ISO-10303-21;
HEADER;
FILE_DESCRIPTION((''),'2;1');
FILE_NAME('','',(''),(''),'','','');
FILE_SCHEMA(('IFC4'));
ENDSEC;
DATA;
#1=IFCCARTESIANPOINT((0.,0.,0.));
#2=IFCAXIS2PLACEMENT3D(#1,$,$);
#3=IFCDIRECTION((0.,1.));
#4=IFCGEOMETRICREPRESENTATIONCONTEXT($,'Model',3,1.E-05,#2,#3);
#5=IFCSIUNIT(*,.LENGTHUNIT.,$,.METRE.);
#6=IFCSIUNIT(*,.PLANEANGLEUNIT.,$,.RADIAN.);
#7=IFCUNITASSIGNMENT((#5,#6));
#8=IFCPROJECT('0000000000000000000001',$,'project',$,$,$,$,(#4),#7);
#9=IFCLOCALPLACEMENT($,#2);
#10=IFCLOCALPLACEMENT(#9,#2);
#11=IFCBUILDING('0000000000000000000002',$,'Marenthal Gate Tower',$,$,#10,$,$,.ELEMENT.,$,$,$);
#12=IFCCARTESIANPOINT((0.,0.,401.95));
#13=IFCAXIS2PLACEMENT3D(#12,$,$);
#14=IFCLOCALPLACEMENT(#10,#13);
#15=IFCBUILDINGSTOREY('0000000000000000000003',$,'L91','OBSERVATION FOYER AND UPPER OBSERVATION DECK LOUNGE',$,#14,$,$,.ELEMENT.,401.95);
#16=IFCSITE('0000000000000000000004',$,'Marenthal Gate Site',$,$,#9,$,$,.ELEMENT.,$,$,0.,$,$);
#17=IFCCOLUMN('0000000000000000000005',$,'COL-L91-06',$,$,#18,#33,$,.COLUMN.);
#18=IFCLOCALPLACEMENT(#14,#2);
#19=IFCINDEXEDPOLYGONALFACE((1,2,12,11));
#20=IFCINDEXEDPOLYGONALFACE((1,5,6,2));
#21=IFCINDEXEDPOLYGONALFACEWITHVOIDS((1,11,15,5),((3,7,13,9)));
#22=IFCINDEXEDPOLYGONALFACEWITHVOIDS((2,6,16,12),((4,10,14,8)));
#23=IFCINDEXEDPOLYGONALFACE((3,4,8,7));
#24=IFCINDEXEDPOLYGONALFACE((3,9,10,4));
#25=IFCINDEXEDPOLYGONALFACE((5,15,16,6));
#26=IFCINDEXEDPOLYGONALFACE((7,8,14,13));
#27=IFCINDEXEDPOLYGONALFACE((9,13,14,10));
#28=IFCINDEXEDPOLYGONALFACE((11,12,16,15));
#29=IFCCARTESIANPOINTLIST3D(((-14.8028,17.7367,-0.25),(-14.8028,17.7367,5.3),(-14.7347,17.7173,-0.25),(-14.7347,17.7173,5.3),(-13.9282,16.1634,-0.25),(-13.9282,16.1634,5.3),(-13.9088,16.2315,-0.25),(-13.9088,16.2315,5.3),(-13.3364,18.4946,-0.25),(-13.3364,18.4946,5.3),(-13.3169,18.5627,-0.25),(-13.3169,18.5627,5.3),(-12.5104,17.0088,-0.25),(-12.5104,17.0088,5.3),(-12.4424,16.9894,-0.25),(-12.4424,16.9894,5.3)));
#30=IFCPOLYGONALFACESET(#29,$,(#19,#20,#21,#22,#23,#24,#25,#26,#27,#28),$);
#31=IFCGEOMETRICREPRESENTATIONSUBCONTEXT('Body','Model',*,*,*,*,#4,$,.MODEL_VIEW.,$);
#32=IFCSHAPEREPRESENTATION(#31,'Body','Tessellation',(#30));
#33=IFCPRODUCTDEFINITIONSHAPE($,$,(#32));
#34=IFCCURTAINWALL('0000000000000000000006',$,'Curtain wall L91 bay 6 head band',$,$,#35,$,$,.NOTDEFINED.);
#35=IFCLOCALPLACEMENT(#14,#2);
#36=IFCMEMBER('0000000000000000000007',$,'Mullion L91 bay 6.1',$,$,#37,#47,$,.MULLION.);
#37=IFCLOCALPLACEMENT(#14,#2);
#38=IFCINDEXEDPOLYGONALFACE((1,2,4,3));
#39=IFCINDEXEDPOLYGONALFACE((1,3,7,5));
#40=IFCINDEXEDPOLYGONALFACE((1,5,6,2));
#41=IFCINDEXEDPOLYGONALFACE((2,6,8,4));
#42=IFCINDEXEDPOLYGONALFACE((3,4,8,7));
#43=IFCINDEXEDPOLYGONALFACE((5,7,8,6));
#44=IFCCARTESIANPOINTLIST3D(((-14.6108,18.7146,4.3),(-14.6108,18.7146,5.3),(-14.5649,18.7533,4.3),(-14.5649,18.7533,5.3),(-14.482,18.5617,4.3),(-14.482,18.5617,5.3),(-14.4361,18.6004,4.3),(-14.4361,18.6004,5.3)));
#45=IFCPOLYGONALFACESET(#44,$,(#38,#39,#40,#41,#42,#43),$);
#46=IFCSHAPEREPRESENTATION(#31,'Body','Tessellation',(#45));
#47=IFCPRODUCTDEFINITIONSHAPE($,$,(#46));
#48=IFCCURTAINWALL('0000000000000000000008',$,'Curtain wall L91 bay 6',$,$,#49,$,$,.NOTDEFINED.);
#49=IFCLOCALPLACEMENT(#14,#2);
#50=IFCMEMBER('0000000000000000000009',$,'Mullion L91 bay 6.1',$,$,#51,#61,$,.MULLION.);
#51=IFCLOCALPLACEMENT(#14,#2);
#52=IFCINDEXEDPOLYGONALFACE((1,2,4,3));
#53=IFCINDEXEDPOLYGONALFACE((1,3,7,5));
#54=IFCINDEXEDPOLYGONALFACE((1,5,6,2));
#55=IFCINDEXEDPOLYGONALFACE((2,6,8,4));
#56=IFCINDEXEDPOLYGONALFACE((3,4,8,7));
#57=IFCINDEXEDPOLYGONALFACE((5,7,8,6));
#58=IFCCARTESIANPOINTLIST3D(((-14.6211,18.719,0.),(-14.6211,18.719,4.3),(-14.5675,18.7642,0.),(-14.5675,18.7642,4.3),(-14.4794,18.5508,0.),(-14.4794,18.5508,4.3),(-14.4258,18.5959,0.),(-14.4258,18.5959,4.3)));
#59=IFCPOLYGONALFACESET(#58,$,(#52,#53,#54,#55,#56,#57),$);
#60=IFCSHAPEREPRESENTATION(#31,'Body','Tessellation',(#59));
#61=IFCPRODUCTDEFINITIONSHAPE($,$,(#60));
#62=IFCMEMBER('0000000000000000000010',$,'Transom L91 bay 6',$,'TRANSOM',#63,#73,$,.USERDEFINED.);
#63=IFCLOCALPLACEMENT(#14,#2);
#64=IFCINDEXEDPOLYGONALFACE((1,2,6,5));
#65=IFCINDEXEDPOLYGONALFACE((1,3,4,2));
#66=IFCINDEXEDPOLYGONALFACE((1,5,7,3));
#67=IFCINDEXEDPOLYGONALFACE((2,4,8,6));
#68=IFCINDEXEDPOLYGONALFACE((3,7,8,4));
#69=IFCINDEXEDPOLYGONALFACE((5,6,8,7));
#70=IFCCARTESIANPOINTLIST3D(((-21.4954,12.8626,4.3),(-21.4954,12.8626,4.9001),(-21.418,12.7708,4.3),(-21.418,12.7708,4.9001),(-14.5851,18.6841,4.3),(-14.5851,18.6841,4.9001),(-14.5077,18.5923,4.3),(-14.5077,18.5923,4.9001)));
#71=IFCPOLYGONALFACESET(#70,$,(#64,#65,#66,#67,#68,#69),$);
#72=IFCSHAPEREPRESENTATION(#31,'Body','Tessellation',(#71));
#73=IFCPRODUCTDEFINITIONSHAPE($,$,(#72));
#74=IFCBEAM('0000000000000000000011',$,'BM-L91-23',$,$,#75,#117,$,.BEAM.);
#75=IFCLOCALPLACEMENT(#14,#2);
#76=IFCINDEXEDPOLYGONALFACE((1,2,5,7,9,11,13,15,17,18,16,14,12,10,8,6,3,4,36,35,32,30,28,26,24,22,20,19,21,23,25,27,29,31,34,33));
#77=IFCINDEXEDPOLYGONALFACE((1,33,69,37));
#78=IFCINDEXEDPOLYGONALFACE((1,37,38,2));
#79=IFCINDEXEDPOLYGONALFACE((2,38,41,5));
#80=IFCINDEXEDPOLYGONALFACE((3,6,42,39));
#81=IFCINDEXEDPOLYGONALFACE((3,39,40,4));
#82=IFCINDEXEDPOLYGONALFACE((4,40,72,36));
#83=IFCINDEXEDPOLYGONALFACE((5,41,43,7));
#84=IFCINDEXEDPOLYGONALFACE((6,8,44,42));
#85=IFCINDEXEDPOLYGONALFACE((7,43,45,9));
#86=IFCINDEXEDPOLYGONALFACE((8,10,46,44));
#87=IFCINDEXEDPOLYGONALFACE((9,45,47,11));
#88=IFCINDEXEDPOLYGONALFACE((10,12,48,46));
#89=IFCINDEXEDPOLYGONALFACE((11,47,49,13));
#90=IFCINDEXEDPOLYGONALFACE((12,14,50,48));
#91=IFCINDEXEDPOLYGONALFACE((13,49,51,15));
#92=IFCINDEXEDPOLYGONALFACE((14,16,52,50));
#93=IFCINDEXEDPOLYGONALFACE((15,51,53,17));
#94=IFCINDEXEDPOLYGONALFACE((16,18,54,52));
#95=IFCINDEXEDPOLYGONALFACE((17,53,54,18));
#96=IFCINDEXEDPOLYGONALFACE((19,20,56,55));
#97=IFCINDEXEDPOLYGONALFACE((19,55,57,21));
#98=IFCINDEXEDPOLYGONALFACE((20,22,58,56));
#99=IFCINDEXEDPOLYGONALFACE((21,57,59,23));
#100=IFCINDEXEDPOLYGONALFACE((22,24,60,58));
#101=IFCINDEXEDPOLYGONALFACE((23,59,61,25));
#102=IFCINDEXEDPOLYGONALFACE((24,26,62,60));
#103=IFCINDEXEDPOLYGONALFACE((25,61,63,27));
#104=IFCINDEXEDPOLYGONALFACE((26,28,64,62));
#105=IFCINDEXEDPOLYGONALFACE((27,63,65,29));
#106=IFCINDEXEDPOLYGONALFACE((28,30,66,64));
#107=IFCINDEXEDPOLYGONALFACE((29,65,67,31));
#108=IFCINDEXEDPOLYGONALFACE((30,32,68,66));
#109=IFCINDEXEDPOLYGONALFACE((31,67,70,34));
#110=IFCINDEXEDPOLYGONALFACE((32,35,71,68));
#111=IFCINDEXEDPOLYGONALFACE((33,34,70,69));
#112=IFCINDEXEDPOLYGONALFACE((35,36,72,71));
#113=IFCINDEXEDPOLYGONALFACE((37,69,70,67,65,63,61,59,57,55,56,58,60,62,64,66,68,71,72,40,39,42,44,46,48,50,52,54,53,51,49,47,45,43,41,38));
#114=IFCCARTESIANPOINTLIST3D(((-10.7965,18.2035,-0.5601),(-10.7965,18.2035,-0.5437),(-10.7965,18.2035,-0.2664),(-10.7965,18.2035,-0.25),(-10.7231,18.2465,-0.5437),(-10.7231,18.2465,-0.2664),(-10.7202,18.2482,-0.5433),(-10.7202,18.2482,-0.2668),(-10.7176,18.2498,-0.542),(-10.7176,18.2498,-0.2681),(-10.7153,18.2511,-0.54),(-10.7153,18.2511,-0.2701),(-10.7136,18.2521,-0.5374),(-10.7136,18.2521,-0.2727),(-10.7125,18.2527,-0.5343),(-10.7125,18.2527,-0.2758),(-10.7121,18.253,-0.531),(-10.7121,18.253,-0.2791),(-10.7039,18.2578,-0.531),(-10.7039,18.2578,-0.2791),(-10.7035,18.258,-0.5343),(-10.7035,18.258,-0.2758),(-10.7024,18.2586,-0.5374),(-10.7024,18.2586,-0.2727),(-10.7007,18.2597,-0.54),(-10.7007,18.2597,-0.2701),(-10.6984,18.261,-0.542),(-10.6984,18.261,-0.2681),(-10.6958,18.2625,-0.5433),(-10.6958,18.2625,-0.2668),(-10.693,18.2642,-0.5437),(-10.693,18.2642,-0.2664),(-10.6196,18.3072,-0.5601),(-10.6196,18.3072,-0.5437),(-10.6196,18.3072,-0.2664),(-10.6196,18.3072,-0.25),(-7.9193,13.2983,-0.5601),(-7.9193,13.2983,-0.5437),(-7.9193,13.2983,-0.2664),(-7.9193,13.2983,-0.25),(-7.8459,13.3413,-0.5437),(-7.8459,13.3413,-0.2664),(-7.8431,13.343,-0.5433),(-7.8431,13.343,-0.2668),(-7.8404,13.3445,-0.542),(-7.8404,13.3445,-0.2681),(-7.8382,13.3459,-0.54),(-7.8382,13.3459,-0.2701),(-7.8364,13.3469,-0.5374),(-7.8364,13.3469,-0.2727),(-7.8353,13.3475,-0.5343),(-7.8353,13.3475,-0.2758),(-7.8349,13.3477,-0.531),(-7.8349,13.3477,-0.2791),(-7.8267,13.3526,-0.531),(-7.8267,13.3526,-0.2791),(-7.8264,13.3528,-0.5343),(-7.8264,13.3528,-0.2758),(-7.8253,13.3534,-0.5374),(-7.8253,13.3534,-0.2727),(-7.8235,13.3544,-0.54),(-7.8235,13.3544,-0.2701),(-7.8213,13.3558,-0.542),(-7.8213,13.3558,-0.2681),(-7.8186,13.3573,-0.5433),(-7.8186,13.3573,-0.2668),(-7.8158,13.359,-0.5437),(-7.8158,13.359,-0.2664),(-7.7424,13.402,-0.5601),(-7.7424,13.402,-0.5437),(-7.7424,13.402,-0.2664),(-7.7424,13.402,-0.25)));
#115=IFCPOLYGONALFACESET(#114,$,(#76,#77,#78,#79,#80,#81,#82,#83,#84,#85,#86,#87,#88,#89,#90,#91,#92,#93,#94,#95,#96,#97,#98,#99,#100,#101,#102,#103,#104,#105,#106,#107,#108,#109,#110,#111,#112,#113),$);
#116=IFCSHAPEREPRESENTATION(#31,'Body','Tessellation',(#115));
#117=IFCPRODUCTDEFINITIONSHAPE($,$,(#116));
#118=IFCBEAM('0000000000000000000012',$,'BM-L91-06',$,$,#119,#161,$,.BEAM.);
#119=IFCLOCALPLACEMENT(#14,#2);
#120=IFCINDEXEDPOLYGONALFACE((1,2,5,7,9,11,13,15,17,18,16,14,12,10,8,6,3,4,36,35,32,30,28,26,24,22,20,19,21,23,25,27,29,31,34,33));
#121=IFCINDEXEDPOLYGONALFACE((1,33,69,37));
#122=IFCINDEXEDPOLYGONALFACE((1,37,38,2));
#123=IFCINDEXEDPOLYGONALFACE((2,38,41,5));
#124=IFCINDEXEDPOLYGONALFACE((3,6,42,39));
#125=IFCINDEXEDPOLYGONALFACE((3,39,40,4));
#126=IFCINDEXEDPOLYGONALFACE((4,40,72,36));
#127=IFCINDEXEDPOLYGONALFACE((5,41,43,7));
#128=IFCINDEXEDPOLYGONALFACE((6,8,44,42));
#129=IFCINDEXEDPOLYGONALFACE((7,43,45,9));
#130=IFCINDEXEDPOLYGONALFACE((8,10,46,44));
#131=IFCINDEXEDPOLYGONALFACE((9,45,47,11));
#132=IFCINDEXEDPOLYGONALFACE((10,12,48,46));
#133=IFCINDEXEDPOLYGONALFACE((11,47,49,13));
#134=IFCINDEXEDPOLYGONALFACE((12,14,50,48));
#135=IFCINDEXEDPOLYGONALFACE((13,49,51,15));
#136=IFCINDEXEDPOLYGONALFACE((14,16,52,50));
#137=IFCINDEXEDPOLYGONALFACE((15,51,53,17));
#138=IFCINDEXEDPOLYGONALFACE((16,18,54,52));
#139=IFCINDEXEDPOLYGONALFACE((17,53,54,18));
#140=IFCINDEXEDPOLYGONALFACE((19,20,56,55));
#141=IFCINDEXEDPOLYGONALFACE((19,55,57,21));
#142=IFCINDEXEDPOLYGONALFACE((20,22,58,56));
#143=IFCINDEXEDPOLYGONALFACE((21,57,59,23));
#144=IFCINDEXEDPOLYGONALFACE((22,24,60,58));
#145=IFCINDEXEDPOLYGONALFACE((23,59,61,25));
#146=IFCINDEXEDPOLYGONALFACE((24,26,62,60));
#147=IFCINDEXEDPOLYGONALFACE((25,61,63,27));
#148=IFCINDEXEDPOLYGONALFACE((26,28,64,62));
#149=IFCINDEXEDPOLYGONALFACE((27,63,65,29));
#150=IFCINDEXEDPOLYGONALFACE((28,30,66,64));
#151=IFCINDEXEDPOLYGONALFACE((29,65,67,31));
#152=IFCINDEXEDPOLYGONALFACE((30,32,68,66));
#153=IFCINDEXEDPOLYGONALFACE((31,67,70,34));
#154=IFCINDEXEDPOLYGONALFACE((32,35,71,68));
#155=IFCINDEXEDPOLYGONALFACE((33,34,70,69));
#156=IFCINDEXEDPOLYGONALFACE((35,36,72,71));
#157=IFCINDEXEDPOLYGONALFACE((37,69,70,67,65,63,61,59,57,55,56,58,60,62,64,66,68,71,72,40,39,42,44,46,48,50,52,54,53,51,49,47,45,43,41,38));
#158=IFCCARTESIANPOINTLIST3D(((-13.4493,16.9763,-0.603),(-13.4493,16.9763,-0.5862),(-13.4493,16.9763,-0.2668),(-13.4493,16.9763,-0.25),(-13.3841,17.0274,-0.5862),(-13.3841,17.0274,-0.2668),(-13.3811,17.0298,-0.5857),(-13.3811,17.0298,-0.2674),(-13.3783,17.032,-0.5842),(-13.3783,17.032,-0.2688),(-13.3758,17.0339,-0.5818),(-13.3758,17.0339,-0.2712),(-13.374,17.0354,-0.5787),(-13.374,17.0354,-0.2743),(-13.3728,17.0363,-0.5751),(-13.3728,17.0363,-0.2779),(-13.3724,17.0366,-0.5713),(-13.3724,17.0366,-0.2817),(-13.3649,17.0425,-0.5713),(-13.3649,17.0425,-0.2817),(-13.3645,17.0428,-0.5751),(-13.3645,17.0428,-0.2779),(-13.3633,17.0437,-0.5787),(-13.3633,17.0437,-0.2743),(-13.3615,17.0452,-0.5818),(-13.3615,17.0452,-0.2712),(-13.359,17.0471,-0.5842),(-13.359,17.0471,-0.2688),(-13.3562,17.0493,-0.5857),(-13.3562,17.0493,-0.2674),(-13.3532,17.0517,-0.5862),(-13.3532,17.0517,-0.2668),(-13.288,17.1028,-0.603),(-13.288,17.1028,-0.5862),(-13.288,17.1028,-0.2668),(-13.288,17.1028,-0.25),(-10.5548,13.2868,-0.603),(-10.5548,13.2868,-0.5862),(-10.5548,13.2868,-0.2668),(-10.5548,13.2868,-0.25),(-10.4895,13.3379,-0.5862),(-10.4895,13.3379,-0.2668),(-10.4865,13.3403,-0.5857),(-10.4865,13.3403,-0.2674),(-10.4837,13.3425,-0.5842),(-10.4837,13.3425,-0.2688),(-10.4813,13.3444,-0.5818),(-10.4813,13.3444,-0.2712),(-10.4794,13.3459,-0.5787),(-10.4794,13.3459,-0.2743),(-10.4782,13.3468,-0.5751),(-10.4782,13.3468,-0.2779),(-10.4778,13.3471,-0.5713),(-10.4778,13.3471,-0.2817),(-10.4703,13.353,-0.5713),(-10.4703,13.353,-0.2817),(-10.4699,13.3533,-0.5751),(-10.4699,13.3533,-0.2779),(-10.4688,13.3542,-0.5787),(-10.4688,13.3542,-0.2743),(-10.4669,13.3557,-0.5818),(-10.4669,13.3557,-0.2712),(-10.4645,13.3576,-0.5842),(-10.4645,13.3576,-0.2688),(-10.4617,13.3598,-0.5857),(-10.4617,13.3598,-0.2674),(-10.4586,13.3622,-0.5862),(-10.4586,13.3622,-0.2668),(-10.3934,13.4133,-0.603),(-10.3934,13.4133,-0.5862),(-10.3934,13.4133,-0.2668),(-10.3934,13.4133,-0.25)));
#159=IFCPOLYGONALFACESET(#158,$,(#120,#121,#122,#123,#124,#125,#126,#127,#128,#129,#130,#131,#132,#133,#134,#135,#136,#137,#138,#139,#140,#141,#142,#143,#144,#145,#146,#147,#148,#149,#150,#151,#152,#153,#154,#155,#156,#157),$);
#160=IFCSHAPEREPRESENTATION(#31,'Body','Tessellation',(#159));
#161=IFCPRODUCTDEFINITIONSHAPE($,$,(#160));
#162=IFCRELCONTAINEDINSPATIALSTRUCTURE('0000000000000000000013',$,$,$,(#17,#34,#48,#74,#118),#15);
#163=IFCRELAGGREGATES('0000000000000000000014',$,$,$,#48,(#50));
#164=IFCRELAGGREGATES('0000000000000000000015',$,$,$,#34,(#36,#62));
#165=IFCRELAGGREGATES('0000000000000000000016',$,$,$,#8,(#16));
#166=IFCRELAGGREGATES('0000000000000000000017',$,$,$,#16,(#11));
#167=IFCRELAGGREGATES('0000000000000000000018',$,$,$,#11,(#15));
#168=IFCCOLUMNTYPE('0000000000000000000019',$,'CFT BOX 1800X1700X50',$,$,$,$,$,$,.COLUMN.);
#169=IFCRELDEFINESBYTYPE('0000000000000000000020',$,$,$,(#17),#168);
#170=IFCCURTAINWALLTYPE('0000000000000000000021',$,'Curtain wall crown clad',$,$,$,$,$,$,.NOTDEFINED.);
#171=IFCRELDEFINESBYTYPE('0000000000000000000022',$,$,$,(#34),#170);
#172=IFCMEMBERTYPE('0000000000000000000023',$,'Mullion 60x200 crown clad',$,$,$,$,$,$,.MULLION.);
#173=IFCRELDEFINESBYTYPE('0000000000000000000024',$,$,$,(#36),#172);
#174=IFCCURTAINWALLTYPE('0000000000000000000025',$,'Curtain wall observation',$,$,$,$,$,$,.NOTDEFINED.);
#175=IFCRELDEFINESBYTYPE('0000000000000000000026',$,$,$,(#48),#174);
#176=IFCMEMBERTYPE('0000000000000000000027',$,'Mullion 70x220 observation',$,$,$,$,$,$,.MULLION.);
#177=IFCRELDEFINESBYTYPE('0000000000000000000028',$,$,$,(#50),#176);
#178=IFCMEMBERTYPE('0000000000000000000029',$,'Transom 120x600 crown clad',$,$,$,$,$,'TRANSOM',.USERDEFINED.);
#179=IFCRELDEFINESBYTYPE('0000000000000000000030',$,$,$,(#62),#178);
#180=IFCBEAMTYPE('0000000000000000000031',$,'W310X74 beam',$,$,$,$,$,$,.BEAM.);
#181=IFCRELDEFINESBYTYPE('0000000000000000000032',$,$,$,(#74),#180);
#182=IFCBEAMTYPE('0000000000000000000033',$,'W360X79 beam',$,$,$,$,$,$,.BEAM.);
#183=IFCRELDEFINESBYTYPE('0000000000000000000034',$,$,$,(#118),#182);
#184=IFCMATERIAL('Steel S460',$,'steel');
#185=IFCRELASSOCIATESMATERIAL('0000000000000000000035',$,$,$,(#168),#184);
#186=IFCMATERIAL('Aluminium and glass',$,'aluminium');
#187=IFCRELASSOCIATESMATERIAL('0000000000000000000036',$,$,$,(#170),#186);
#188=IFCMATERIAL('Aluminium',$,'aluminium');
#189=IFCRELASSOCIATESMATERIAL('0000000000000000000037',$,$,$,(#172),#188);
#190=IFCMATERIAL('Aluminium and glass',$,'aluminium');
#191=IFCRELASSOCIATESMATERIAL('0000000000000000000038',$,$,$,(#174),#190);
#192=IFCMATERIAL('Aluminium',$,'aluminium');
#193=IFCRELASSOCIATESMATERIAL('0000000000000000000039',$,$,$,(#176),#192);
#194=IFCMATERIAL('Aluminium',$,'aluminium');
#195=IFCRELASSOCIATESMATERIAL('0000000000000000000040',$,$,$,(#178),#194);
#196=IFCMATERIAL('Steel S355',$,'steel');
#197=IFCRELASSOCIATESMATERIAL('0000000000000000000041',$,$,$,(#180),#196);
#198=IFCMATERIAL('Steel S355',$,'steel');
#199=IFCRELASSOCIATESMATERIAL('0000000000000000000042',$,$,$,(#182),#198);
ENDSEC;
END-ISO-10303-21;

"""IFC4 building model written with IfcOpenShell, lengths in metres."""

from ifc_helpers import new_model, si_unit, direction, frame, origin, origin_2d, place, context, subcontext, project, spatial, rectangle, hollow_rectangle, i_section, extrude, material, material_profile, profile_set, type_object, element, aggregate, save


model = new_model("IFC4")

# Units and contexts
model_context = context("Model", 3, precision=1e-05, world=origin(), true_north=direction((0.0, 1.0)))
body_context = subcontext(model_context, "Body", "Model", "MODEL_VIEW")
ifc_project = project(units=[si_unit("LENGTHUNIT", "METRE"), si_unit("PLANEANGLEUNIT", "RADIAN")], contexts=[model_context])

# Site, building, storey
site_placement = place(None, origin())
site = spatial("IfcSite", under=ifc_project, at=site_placement, Name="Marenthal Gate Site", CompositionType="ELEMENT", RefElevation=0.0)
building_placement = place(site_placement, origin())
building = spatial("IfcBuilding", under=site, at=building_placement, Name="Marenthal Gate Tower", CompositionType="ELEMENT")
storey_placement = place(building_placement, frame((0.0, 0.0, 401.95)))
storey = spatial("IfcBuildingStorey", under=building, at=storey_placement, Name="L91", Description="OBSERVATION FOYER AND UPPER OBSERVATION DECK LOUNGE", CompositionType="ELEMENT", Elevation=401.95)

# Column
ifc_material_1 = material(Name="Steel S460", Category="steel")
ifc_material_profile_1 = material_profile(ifc_material_1, hollow_rectangle(XDim=1.7, YDim=1.8, WallThickness=0.05, at=origin_2d()), Name="CFT BOX 1800X1700X50")
ifc_material_2 = material(Name="Concrete 70 MPa", Category="concrete")
ifc_material_profile_2 = material_profile(ifc_material_2, rectangle(XDim=1.6001, YDim=1.7, at=origin_2d()), Name="CFT BOX 1800X1700X50 INFILL")
ifc_profile_set_1 = profile_set([ifc_material_profile_1, ifc_material_profile_2], Name="Steel S460 shell, Concrete 70 MPa infill")
column_type = type_object("IfcColumnType", Name="CFT BOX 1800X1700X50", PredefinedType="COLUMN", material=ifc_profile_set_1)
column_placement = place(storey_placement, frame((-13.6226, 17.363, -0.25), z_axis=(0.0, 0.0, 1.0), x_axis=(0.874037, 0.48586, 0.0)))
element("IfcColumn", 1, at=column_placement, inside=storey, type_object=column_type, Name="COL-L91-06", PredefinedType="COLUMN", context=body_context, shape_type="SweptSolid", body=[
    extrude(hollow_rectangle(XDim=1.7, YDim=1.8, WallThickness=0.05, at=origin_2d()), origin(), (0.0, 0.0, 1.0), 5.55),
])

# Curtain walls, members
ifc_material_3 = material(Name="Aluminium and glass", Category="aluminium")
curtain_wall_type_1 = type_object("IfcCurtainWallType", Name="Curtain wall crown clad", PredefinedType="NOTDEFINED", material=ifc_material_3)
curtain_wall_1_placement = place(storey_placement, origin())
curtain_wall_1 = element("IfcCurtainWall", 2, at=curtain_wall_1_placement, inside=storey, type_object=curtain_wall_type_1, Name="Curtain wall L91 bay 6 head band", PredefinedType="NOTDEFINED")
ifc_material_4 = material(Name="Aluminium", Category="aluminium")
ifc_material_profile_3 = material_profile(ifc_material_4, rectangle(XDim=0.2, YDim=0.0601, at=origin_2d()), Name="60x200 aluminium mullion")
ifc_profile_set_2 = profile_set([ifc_material_profile_3], Name="Aluminium")
member_type_1 = type_object("IfcMemberType", Name="Mullion 60x200 crown clad", PredefinedType="MULLION", material=ifc_profile_set_2)
member_1_placement = place(storey_placement, frame((-14.5234, 18.6575, 4.3), z_axis=(0.0, 0.0, 1.0), x_axis=(0.644265, -0.764802, 0.0)))
member_1 = element("IfcMember", 3, at=member_1_placement, type_object=member_type_1, Name="Mullion L91 bay 6.1", PredefinedType="MULLION", context=body_context, shape_type="SweptSolid", body=[
    extrude(rectangle(XDim=0.2, YDim=0.0601, at=origin_2d()), origin(), (0.0, 0.0, 1.0), 1.0),
])
ifc_material_5 = material(Name="Aluminium and glass", Category="aluminium")
curtain_wall_type_2 = type_object("IfcCurtainWallType", Name="Curtain wall observation", PredefinedType="NOTDEFINED", material=ifc_material_5)
curtain_wall_2_placement = place(storey_placement, origin())
curtain_wall_2 = element("IfcCurtainWall", 4, at=curtain_wall_2_placement, inside=storey, type_object=curtain_wall_type_2, Name="Curtain wall L91 bay 6", PredefinedType="NOTDEFINED")
ifc_material_6 = material(Name="Aluminium", Category="aluminium")
ifc_material_profile_4 = material_profile(ifc_material_6, rectangle(XDim=0.22, YDim=0.0701, at=origin_2d()), Name="70x220 aluminium mullion")
ifc_profile_set_3 = profile_set([ifc_material_profile_4], Name="Aluminium")
member_type_2 = type_object("IfcMemberType", Name="Mullion 70x220 observation", PredefinedType="MULLION", material=ifc_profile_set_3)
member_2_placement = place(storey_placement, frame((-14.5234, 18.6575, 0.0), z_axis=(0.0, 0.0, 1.0), x_axis=(0.644265, -0.764802, 0.0)))
member_2 = element("IfcMember", 5, at=member_2_placement, type_object=member_type_2, Name="Mullion L91 bay 6.1", PredefinedType="MULLION", context=body_context, shape_type="SweptSolid", body=[
    extrude(rectangle(XDim=0.22, YDim=0.0701, at=origin_2d()), origin(), (0.0, 0.0, 1.0), 4.3),
])
aggregate(curtain_wall_2, [member_2])

# Member
ifc_material_7 = material(Name="Aluminium", Category="aluminium")
ifc_material_profile_5 = material_profile(ifc_material_7, rectangle(XDim=0.1201, YDim=0.6001, at=origin_2d()), Name="120x600 aluminium transom")
ifc_profile_set_4 = profile_set([ifc_material_profile_5], Name="Aluminium")
member_type_3 = type_object("IfcMemberType", Name="Transom 120x600 crown clad", ElementType="TRANSOM", PredefinedType="USERDEFINED", material=ifc_profile_set_4)
member_3_placement = place(storey_placement, frame((-14.5464, 18.6382, 4.6001), z_axis=(-0.764789, -0.644281, 0.0), x_axis=(0.644281, -0.764789, 0.0)))
member_3 = element("IfcMember", 6, at=member_3_placement, type_object=member_type_3, Name="Transom L91 bay 6", ObjectType="TRANSOM", PredefinedType="USERDEFINED", context=body_context, shape_type="SweptSolid", body=[
    extrude(rectangle(XDim=0.1201, YDim=0.6001, at=origin_2d()), origin(), (0.0, 0.0, 1.0), 9.0356),
])
aggregate(curtain_wall_1, [member_1, member_3])

# Beams
ifc_material_8 = material(Name="Steel S355", Category="steel")
ifc_material_profile_6 = material_profile(ifc_material_8, i_section(OverallWidth=0.2051, OverallDepth=0.3101, WebThickness=0.0095, FlangeThickness=0.0164, FilletRadius=0.0127, at=origin_2d()), Name="W310X74")
ifc_profile_set_5 = profile_set([ifc_material_profile_6], Name="Steel S355")
beam_type_1 = type_object("IfcBeamType", Name="W310X74 beam", PredefinedType="BEAM", material=ifc_profile_set_5)
beam_1_placement = place(storey_placement, frame((-10.708, 18.2554, -0.405), z_axis=(0.505941, -0.862568, 0.0), x_axis=(0.862568, 0.505941, 0.0)))
element("IfcBeam", 7, at=beam_1_placement, inside=storey, type_object=beam_type_1, Name="BM-L91-23", PredefinedType="BEAM", context=body_context, shape_type="SweptSolid", body=[
    extrude(i_section(OverallWidth=0.2051, OverallDepth=0.3101, WebThickness=0.0095, FlangeThickness=0.0164, FilletRadius=0.0127, at=origin_2d()), origin(), (0.0, 0.0, 1.0), 5.6868),
])
ifc_material_9 = material(Name="Steel S355", Category="steel")
ifc_material_profile_7 = material_profile(ifc_material_9, i_section(OverallWidth=0.2051, OverallDepth=0.353, WebThickness=0.0095, FlangeThickness=0.0168, FilletRadius=0.0149, at=origin_2d()), Name="W360X79")
ifc_profile_set_6 = profile_set([ifc_material_profile_7], Name="Steel S355")
beam_type_2 = type_object("IfcBeamType", Name="W360X79 beam", PredefinedType="BEAM", material=ifc_profile_set_6)
beam_2_placement = place(storey_placement, frame((-13.3687, 17.0396, -0.4265), z_axis=(0.617251, -0.786766, 0.0), x_axis=(0.786766, 0.617251, 0.0)))
element("IfcBeam", 8, at=beam_2_placement, inside=storey, type_object=beam_type_2, Name="BM-L91-06", PredefinedType="BEAM", context=body_context, shape_type="SweptSolid", body=[
    extrude(i_section(OverallWidth=0.2051, OverallDepth=0.353, WebThickness=0.0095, FlangeThickness=0.0168, FilletRadius=0.0149, at=origin_2d()), origin(), (0.0, 0.0, 1.0), 4.6895),
])

save(model, "model.ifc")
